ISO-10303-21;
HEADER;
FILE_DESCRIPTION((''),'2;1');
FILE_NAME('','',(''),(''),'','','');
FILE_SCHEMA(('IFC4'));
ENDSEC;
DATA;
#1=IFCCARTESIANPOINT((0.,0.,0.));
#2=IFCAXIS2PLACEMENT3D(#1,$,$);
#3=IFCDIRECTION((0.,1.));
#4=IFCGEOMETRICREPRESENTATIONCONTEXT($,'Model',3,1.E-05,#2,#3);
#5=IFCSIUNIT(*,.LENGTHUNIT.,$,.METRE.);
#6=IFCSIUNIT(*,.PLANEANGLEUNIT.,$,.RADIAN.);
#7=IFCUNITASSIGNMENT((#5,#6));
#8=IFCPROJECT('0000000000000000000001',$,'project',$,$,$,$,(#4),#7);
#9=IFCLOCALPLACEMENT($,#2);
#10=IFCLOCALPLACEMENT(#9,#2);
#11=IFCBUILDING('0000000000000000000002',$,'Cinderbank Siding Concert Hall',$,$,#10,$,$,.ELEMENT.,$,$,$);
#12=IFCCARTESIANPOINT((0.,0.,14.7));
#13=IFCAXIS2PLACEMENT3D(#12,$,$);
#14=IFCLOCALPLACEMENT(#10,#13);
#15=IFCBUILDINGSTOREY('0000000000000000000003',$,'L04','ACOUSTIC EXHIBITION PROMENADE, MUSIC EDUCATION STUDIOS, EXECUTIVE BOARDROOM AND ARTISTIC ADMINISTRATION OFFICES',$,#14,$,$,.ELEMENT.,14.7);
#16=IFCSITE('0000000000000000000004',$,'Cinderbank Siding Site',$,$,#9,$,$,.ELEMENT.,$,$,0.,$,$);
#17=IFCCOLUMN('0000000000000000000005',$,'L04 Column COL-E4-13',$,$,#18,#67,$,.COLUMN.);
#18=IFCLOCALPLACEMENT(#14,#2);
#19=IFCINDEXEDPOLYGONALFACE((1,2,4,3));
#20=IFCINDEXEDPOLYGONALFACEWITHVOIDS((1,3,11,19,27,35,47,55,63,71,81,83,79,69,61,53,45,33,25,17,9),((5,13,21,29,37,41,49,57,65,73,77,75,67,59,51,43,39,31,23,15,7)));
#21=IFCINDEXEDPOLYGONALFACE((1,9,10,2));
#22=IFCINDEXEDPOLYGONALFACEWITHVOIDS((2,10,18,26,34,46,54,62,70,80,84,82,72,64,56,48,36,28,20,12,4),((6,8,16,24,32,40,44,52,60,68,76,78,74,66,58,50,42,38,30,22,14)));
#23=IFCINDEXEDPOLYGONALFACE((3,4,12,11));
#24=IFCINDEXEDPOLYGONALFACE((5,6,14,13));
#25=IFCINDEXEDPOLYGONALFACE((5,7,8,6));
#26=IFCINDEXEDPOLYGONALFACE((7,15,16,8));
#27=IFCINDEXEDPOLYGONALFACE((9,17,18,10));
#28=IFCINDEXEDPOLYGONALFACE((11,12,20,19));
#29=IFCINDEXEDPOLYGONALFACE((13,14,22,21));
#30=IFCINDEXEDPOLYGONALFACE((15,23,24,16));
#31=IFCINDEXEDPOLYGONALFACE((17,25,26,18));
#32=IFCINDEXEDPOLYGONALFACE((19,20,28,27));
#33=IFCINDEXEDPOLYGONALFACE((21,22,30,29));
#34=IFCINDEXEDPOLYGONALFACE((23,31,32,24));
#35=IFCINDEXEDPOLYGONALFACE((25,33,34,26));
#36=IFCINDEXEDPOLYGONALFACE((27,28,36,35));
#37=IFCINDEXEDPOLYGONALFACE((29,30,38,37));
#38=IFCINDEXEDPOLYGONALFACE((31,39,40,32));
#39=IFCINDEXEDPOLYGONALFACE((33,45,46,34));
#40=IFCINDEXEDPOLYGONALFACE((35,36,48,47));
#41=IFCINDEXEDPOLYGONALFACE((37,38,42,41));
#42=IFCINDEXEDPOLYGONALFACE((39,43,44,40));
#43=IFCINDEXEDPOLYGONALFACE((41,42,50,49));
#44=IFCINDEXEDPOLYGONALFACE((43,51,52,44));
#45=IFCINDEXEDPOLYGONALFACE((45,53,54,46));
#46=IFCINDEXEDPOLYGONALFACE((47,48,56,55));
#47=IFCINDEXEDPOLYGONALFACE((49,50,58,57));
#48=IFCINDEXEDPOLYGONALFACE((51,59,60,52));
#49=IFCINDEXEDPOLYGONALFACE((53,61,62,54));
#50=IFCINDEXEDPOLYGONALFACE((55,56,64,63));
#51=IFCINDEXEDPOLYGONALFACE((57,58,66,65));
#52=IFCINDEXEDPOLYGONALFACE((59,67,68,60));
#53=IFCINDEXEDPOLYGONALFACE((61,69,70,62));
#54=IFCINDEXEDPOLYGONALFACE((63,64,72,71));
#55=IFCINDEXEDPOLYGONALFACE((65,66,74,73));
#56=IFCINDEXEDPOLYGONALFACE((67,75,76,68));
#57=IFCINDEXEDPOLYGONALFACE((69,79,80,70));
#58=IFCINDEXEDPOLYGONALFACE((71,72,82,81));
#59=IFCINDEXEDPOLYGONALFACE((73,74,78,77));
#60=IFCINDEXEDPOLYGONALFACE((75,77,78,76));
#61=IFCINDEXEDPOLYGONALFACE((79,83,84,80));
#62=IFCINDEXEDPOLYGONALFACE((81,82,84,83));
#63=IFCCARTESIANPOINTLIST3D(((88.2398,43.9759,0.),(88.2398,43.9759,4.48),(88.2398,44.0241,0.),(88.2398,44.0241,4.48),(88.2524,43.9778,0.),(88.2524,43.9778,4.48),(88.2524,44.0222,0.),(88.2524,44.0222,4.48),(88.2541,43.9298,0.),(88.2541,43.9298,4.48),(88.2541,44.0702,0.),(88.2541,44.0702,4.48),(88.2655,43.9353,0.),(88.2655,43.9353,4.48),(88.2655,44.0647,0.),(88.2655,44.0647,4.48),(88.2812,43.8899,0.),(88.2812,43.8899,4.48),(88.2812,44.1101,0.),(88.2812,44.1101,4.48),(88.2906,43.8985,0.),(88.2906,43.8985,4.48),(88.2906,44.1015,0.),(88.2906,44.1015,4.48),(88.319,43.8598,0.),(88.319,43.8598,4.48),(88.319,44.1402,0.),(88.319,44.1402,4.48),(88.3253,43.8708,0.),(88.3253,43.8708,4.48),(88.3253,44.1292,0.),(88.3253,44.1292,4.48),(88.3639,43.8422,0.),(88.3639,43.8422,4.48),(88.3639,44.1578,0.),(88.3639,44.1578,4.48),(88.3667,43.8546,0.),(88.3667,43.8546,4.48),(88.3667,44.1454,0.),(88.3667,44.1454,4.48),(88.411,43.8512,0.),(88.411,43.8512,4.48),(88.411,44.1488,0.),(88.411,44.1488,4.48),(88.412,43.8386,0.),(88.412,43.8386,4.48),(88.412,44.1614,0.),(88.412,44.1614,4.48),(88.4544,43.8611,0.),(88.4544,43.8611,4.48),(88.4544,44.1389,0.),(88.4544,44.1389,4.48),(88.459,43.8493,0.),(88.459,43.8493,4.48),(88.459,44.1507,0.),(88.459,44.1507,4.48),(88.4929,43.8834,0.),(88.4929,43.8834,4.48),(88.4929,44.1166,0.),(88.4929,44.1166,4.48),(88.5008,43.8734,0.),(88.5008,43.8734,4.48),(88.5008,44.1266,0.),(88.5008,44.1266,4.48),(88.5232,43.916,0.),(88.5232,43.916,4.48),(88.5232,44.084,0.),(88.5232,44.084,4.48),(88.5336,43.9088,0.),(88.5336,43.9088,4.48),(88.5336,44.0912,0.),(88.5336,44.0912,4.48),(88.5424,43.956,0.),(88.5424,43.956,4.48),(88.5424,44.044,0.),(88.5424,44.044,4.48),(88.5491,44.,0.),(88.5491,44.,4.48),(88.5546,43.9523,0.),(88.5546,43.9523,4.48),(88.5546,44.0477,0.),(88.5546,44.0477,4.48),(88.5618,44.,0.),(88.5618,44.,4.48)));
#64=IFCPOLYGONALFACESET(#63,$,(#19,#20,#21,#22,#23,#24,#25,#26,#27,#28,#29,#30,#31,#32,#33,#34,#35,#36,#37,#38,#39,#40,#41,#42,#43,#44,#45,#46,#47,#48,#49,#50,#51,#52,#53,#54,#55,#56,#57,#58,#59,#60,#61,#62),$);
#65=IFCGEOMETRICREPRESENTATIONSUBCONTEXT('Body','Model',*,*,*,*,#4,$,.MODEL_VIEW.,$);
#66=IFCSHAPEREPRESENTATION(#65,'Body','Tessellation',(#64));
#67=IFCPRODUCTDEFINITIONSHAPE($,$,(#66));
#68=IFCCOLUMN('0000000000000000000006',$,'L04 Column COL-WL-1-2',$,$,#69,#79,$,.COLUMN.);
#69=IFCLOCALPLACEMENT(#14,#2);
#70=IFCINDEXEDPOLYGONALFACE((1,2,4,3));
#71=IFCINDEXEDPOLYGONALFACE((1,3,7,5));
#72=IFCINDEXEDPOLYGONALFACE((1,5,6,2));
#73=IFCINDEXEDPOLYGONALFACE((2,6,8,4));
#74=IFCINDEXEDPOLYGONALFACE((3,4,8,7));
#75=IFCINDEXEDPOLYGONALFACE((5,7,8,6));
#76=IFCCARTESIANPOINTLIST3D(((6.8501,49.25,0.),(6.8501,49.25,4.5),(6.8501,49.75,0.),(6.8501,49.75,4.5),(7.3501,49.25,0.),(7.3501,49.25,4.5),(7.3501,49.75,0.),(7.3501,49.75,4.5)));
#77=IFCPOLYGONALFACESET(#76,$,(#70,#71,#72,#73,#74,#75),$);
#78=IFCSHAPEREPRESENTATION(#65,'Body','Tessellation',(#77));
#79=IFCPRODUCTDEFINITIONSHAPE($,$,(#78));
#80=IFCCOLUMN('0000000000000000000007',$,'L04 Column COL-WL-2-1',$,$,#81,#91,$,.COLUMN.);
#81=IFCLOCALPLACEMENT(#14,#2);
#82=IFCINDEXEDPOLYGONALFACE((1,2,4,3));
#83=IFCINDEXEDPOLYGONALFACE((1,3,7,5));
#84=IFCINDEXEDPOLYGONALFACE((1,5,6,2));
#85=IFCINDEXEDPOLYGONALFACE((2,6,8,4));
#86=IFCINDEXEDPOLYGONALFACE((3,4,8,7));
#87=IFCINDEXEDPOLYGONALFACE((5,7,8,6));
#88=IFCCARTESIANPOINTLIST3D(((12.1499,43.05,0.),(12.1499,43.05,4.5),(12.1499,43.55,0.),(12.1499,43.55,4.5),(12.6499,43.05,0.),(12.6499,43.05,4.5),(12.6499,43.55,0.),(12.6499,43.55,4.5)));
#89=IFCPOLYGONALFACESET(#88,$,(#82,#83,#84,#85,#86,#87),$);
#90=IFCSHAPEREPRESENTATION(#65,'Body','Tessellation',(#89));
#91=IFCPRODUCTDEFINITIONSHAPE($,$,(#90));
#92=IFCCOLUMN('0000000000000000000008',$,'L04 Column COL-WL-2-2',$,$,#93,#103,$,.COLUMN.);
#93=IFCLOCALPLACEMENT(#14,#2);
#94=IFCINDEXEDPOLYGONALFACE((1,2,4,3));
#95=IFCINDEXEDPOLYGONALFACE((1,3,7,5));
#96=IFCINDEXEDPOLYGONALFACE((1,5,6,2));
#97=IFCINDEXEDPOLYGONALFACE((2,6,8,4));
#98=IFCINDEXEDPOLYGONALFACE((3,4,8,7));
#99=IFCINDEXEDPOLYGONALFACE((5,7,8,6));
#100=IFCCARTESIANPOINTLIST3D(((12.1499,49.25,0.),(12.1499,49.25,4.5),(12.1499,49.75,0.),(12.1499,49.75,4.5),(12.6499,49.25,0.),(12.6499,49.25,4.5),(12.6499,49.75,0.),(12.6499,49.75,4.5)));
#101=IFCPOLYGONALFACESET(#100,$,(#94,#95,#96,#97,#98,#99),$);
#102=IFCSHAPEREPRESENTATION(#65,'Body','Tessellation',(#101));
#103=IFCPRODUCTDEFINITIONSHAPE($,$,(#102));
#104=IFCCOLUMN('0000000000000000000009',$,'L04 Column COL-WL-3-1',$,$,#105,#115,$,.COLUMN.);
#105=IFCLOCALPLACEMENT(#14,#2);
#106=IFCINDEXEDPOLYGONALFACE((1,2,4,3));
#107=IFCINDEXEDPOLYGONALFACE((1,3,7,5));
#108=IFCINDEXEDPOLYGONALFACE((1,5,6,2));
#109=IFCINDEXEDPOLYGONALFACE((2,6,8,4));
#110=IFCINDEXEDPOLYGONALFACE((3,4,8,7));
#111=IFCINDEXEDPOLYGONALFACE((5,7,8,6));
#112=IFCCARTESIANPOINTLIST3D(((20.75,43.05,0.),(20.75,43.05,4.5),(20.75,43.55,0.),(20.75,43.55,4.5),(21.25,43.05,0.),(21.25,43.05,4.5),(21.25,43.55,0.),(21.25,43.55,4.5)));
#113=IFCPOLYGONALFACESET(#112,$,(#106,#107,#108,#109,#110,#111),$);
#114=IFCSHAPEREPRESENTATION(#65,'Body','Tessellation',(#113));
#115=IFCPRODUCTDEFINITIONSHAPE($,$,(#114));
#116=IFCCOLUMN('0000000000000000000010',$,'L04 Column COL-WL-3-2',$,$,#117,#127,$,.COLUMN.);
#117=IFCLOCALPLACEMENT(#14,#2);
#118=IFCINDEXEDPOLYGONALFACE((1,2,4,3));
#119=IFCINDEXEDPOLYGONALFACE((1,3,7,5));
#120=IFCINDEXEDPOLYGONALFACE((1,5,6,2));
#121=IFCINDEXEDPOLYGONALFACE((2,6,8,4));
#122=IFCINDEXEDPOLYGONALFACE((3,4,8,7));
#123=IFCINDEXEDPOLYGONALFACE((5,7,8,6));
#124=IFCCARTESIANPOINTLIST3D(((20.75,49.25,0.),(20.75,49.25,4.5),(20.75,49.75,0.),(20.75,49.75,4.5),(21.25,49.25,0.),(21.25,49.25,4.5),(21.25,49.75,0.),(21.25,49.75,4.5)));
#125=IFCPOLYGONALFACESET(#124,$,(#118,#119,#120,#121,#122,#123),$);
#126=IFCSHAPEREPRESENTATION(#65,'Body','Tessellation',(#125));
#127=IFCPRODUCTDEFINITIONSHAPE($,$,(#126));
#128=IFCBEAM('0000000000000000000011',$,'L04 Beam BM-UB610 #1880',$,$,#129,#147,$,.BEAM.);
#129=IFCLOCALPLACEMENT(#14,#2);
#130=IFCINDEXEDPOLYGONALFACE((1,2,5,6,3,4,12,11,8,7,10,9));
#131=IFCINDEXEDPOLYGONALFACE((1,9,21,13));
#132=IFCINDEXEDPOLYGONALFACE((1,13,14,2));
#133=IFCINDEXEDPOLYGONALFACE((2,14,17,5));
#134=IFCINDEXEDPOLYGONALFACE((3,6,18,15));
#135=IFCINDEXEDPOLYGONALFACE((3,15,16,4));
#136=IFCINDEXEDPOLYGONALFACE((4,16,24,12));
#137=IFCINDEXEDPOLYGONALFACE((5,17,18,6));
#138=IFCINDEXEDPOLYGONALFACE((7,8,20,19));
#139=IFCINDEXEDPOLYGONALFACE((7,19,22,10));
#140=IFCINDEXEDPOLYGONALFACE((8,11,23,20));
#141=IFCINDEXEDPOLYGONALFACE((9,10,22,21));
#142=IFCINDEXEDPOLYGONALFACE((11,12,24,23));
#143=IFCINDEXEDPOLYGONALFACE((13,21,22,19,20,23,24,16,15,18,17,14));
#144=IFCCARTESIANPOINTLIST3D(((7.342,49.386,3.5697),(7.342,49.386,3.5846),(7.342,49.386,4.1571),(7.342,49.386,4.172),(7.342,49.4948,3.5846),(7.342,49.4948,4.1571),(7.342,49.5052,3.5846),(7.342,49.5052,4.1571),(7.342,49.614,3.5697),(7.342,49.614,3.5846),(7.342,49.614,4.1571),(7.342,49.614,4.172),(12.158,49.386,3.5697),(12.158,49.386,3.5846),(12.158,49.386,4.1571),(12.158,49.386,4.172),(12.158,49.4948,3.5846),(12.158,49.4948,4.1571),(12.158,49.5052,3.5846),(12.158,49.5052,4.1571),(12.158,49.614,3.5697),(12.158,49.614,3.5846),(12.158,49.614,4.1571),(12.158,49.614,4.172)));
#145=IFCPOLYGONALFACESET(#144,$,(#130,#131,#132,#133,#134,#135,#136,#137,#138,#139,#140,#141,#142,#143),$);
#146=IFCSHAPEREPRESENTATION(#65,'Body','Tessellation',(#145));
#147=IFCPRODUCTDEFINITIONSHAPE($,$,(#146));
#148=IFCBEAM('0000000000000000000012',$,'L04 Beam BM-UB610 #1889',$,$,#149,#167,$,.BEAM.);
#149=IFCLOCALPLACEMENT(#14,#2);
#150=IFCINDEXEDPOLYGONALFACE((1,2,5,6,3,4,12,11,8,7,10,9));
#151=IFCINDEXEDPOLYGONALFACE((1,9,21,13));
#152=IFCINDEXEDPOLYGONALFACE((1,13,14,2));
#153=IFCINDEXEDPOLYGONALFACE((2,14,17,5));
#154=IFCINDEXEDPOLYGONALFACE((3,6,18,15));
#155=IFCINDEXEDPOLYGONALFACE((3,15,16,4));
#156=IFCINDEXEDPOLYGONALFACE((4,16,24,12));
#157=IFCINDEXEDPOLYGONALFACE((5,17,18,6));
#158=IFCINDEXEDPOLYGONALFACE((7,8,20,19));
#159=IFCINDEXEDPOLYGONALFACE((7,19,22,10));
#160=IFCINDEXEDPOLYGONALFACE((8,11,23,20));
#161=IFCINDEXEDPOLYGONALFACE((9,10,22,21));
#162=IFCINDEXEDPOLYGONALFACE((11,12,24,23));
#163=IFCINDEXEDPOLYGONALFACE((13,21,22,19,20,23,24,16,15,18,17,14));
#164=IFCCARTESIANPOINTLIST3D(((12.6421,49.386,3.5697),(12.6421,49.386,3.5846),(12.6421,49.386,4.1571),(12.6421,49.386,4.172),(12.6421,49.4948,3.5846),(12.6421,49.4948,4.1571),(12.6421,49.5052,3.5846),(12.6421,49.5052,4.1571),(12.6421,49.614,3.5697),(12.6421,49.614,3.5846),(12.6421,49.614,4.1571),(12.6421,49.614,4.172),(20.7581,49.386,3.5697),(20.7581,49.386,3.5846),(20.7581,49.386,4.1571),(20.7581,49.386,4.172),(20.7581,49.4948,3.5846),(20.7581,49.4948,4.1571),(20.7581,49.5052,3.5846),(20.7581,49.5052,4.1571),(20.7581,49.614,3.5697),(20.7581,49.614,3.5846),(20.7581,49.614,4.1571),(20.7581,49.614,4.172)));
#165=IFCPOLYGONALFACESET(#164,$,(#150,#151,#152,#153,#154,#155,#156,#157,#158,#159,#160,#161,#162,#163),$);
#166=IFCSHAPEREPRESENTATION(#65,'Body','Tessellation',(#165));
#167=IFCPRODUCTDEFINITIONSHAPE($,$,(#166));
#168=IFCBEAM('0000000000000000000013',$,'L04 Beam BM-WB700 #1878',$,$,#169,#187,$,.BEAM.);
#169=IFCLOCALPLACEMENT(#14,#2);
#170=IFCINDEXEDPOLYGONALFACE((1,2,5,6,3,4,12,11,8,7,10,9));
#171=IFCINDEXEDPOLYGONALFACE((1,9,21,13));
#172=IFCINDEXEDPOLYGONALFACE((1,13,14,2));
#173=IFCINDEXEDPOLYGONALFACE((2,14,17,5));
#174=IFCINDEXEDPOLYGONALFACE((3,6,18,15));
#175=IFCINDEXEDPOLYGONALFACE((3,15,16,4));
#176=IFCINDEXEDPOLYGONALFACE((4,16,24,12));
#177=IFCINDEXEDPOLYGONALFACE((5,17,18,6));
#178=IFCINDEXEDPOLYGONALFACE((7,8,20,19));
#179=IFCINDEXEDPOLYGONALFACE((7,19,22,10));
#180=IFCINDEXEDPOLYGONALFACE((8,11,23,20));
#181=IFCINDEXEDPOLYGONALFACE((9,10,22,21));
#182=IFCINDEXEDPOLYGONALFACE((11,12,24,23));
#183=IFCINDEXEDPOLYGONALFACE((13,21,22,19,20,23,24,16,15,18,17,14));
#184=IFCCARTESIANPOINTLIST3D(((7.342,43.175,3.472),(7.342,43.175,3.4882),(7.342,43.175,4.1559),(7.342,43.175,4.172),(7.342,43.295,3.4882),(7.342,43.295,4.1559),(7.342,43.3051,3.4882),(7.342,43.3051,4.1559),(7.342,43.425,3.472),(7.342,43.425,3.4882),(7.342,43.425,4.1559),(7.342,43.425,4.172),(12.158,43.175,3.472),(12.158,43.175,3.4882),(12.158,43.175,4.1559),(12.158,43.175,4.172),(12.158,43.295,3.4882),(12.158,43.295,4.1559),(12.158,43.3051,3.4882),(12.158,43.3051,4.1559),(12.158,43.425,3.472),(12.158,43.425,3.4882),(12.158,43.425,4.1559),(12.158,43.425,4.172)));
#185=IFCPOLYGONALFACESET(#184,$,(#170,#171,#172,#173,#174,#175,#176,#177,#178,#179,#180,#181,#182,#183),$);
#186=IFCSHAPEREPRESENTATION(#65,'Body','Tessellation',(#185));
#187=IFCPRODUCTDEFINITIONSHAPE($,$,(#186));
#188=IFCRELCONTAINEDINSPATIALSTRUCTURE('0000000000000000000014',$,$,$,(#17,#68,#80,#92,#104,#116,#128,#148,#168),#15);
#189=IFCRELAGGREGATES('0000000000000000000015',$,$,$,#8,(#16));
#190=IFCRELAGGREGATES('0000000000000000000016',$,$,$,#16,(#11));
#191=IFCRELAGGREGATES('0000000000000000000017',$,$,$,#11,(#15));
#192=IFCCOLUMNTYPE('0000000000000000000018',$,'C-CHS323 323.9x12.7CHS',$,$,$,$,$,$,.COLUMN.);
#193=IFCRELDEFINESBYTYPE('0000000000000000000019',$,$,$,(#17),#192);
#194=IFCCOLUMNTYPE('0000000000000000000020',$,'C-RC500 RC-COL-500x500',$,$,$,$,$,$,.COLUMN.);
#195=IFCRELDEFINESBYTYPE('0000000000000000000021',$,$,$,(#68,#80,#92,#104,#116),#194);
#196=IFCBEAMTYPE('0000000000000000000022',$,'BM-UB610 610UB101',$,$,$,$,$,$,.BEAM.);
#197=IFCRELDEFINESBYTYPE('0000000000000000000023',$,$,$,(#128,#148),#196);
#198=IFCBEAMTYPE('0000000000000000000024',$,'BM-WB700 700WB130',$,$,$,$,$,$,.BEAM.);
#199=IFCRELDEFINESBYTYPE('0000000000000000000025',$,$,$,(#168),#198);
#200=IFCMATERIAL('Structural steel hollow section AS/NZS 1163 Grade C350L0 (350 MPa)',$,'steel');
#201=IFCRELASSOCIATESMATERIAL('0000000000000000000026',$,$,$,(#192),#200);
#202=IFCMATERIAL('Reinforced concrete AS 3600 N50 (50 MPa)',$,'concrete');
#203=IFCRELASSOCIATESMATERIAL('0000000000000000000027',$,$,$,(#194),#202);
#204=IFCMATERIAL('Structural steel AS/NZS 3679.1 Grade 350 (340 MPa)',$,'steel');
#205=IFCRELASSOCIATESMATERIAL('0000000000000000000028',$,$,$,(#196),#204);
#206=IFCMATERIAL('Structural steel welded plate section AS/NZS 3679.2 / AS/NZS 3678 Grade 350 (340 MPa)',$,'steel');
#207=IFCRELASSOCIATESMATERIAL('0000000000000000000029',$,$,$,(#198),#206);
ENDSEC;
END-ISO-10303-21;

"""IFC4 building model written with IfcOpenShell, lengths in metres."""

from ifc_helpers import new_model, si_unit, direction, frame, origin, origin_2d, place, context, subcontext, project, spatial, rectangle, hollow_circle, i_section, extrude, material, material_profile, profile_set, type_object, element, save


model = new_model("IFC4")

# Units and contexts
model_context = context("Model", 3, precision=1e-05, world=origin(), true_north=direction((0.0, 1.0)))
body_context = subcontext(model_context, "Body", "Model", "MODEL_VIEW")
ifc_project = project(units=[si_unit("LENGTHUNIT", "METRE"), si_unit("PLANEANGLEUNIT", "RADIAN")], contexts=[model_context])

# Site, building, storey
site_placement = place(None, origin())
site = spatial("IfcSite", under=ifc_project, at=site_placement, Name="Cinderbank Siding Site", CompositionType="ELEMENT", RefElevation=0.0)
building_placement = place(site_placement, origin())
building = spatial("IfcBuilding", under=site, at=building_placement, Name="Cinderbank Siding Concert Hall", CompositionType="ELEMENT")
storey_placement = place(building_placement, frame((0.0, 0.0, 14.7)))
storey = spatial("IfcBuildingStorey", under=building, at=storey_placement, Name="L04", Description="ACOUSTIC EXHIBITION PROMENADE, MUSIC EDUCATION STUDIOS, EXECUTIVE BOARDROOM AND ARTISTIC ADMINISTRATION OFFICES", CompositionType="ELEMENT", Elevation=14.7)

# Columns
ifc_material_1 = material(Name="Structural steel hollow section AS/NZS 1163 Grade C350L0 (350 MPa)", Category="steel")
ifc_material_profile_1 = material_profile(ifc_material_1, hollow_circle(Radius=0.1619, WallThickness=0.0127, at=origin_2d()), Name="323.9x12.7CHS", Category="LoadBearing")
ifc_profile_set_1 = profile_set([ifc_material_profile_1], Name="Structural steel hollow section AS/NZS 1163 Grade C350L0 (350 MPa)")
column_type_1 = type_object("IfcColumnType", Name="C-CHS323 323.9x12.7CHS", PredefinedType="COLUMN", material=ifc_profile_set_1)
column_placement = place(storey_placement, frame((88.3999, 44.0, 0.0), z_axis=(0.0, 0.0, 1.0), x_axis=(1.0, 0.0, 0.0)))
element("IfcColumn", 1, at=column_placement, inside=storey, type_object=column_type_1, Name="L04 Column COL-E4-13", PredefinedType="COLUMN", context=body_context, shape_type="SweptSolid", body=[
    extrude(hollow_circle(Radius=0.1619, WallThickness=0.0127, at=origin_2d()), origin(), (0.0, 0.0, 1.0), 4.48),
])
ifc_material_2 = material(Name="Reinforced concrete AS 3600 N50 (50 MPa)", Category="concrete")
ifc_material_profile_2 = material_profile(ifc_material_2, rectangle(XDim=0.5, YDim=0.5, at=origin_2d()), Name="RC-COL-500x500", Category="LoadBearing")
ifc_profile_set_2 = profile_set([ifc_material_profile_2], Name="Reinforced concrete AS 3600 N50 (50 MPa)")
column_type_2 = type_object("IfcColumnType", Name="C-RC500 RC-COL-500x500", PredefinedType="COLUMN", material=ifc_profile_set_2)
for number, where, z_axis, x_axis, name in (
    (2, (7.1001, 49.5, 0.0), (0.0, 0.0, 1.0), (1.0, 0.0, 0.0), "L04 Column COL-WL-1-2"),
    (3, (12.3999, 43.3, 0.0), (0.0, 0.0, 1.0), (1.0, 0.0, 0.0), "L04 Column COL-WL-2-1"),
    (4, (12.3999, 49.5, 0.0), (0.0, 0.0, 1.0), (1.0, 0.0, 0.0), "L04 Column COL-WL-2-2"),
    (5, (21.0, 43.3, 0.0), (0.0, 0.0, 1.0), (1.0, 0.0, 0.0), "L04 Column COL-WL-3-1"),
    (6, (21.0, 49.5, 0.0), (0.0, 0.0, 1.0), (1.0, 0.0, 0.0), "L04 Column COL-WL-3-2"),
):
    element("IfcColumn", number, at=place(storey_placement, frame(where, z_axis=z_axis, x_axis=x_axis)), inside=storey, type_object=column_type_2, Name=name, PredefinedType="COLUMN", context=body_context, shape_type="SweptSolid", body=[
        extrude(rectangle(XDim=0.5, YDim=0.5, at=origin_2d()), origin(), (0.0, 0.0, 1.0), 4.5),
    ])

# Beams
ifc_material_3 = material(Name="Structural steel AS/NZS 3679.1 Grade 350 (340 MPa)", Category="steel")
ifc_material_profile_3 = material_profile(ifc_material_3, i_section(OverallWidth=0.228, OverallDepth=0.6023, WebThickness=0.0105, FlangeThickness=0.0149, at=origin_2d()), Name="610UB101", Category="LoadBearing")
ifc_profile_set_3 = profile_set([ifc_material_profile_3], Name="Structural steel AS/NZS 3679.1 Grade 350 (340 MPa)")
beam_type_1 = type_object("IfcBeamType", Name="BM-UB610 610UB101", PredefinedType="BEAM", material=ifc_profile_set_3)
beam_1_placement = place(storey_placement, frame((7.342, 49.5, 3.8708), z_axis=(1.0, 0.0, 0.0), x_axis=(0.0, 1.0, 0.0)))
element("IfcBeam", 7, at=beam_1_placement, inside=storey, type_object=beam_type_1, Name="L04 Beam BM-UB610 #1880", PredefinedType="BEAM", context=body_context, shape_type="SweptSolid", body=[
    extrude(i_section(OverallWidth=0.228, OverallDepth=0.6023, WebThickness=0.0105, FlangeThickness=0.0149, at=origin_2d()), origin(), (0.0, 0.0, 1.0), 4.8159),
])
beam_2_placement = place(storey_placement, frame((12.6421, 49.5, 3.8708), z_axis=(1.0, 0.0, 0.0), x_axis=(0.0, 1.0, 0.0)))
element("IfcBeam", 8, at=beam_2_placement, inside=storey, type_object=beam_type_1, Name="L04 Beam BM-UB610 #1889", PredefinedType="BEAM", context=body_context, shape_type="SweptSolid", body=[
    extrude(i_section(OverallWidth=0.228, OverallDepth=0.6023, WebThickness=0.0105, FlangeThickness=0.0149, at=origin_2d()), origin(), (0.0, 0.0, 1.0), 8.116),
])
ifc_material_4 = material(Name="Structural steel welded plate section AS/NZS 3679.2 / AS/NZS 3678 Grade 350 (340 MPa)", Category="steel")
ifc_material_profile_4 = material_profile(ifc_material_4, i_section(OverallWidth=0.25, OverallDepth=0.7, WebThickness=0.01, FlangeThickness=0.0161, at=origin_2d()), Name="700WB130", Category="LoadBearing")
ifc_profile_set_4 = profile_set([ifc_material_profile_4], Name="Structural steel welded plate section AS/NZS 3679.2 / AS/NZS 3678 Grade 350 (340 MPa)")
beam_type_2 = type_object("IfcBeamType", Name="BM-WB700 700WB130", PredefinedType="BEAM", material=ifc_profile_set_4)
beam_3_placement = place(storey_placement, frame((7.342, 43.3, 3.822), z_axis=(1.0, 0.0, 0.0), x_axis=(0.0, 1.0, 0.0)))
element("IfcBeam", 9, at=beam_3_placement, inside=storey, type_object=beam_type_2, Name="L04 Beam BM-WB700 #1878", PredefinedType="BEAM", context=body_context, shape_type="SweptSolid", body=[
    extrude(i_section(OverallWidth=0.25, OverallDepth=0.7, WebThickness=0.01, FlangeThickness=0.0161, at=origin_2d()), origin(), (0.0, 0.0, 1.0), 4.8159),
])

save(model, "model.ifc")
